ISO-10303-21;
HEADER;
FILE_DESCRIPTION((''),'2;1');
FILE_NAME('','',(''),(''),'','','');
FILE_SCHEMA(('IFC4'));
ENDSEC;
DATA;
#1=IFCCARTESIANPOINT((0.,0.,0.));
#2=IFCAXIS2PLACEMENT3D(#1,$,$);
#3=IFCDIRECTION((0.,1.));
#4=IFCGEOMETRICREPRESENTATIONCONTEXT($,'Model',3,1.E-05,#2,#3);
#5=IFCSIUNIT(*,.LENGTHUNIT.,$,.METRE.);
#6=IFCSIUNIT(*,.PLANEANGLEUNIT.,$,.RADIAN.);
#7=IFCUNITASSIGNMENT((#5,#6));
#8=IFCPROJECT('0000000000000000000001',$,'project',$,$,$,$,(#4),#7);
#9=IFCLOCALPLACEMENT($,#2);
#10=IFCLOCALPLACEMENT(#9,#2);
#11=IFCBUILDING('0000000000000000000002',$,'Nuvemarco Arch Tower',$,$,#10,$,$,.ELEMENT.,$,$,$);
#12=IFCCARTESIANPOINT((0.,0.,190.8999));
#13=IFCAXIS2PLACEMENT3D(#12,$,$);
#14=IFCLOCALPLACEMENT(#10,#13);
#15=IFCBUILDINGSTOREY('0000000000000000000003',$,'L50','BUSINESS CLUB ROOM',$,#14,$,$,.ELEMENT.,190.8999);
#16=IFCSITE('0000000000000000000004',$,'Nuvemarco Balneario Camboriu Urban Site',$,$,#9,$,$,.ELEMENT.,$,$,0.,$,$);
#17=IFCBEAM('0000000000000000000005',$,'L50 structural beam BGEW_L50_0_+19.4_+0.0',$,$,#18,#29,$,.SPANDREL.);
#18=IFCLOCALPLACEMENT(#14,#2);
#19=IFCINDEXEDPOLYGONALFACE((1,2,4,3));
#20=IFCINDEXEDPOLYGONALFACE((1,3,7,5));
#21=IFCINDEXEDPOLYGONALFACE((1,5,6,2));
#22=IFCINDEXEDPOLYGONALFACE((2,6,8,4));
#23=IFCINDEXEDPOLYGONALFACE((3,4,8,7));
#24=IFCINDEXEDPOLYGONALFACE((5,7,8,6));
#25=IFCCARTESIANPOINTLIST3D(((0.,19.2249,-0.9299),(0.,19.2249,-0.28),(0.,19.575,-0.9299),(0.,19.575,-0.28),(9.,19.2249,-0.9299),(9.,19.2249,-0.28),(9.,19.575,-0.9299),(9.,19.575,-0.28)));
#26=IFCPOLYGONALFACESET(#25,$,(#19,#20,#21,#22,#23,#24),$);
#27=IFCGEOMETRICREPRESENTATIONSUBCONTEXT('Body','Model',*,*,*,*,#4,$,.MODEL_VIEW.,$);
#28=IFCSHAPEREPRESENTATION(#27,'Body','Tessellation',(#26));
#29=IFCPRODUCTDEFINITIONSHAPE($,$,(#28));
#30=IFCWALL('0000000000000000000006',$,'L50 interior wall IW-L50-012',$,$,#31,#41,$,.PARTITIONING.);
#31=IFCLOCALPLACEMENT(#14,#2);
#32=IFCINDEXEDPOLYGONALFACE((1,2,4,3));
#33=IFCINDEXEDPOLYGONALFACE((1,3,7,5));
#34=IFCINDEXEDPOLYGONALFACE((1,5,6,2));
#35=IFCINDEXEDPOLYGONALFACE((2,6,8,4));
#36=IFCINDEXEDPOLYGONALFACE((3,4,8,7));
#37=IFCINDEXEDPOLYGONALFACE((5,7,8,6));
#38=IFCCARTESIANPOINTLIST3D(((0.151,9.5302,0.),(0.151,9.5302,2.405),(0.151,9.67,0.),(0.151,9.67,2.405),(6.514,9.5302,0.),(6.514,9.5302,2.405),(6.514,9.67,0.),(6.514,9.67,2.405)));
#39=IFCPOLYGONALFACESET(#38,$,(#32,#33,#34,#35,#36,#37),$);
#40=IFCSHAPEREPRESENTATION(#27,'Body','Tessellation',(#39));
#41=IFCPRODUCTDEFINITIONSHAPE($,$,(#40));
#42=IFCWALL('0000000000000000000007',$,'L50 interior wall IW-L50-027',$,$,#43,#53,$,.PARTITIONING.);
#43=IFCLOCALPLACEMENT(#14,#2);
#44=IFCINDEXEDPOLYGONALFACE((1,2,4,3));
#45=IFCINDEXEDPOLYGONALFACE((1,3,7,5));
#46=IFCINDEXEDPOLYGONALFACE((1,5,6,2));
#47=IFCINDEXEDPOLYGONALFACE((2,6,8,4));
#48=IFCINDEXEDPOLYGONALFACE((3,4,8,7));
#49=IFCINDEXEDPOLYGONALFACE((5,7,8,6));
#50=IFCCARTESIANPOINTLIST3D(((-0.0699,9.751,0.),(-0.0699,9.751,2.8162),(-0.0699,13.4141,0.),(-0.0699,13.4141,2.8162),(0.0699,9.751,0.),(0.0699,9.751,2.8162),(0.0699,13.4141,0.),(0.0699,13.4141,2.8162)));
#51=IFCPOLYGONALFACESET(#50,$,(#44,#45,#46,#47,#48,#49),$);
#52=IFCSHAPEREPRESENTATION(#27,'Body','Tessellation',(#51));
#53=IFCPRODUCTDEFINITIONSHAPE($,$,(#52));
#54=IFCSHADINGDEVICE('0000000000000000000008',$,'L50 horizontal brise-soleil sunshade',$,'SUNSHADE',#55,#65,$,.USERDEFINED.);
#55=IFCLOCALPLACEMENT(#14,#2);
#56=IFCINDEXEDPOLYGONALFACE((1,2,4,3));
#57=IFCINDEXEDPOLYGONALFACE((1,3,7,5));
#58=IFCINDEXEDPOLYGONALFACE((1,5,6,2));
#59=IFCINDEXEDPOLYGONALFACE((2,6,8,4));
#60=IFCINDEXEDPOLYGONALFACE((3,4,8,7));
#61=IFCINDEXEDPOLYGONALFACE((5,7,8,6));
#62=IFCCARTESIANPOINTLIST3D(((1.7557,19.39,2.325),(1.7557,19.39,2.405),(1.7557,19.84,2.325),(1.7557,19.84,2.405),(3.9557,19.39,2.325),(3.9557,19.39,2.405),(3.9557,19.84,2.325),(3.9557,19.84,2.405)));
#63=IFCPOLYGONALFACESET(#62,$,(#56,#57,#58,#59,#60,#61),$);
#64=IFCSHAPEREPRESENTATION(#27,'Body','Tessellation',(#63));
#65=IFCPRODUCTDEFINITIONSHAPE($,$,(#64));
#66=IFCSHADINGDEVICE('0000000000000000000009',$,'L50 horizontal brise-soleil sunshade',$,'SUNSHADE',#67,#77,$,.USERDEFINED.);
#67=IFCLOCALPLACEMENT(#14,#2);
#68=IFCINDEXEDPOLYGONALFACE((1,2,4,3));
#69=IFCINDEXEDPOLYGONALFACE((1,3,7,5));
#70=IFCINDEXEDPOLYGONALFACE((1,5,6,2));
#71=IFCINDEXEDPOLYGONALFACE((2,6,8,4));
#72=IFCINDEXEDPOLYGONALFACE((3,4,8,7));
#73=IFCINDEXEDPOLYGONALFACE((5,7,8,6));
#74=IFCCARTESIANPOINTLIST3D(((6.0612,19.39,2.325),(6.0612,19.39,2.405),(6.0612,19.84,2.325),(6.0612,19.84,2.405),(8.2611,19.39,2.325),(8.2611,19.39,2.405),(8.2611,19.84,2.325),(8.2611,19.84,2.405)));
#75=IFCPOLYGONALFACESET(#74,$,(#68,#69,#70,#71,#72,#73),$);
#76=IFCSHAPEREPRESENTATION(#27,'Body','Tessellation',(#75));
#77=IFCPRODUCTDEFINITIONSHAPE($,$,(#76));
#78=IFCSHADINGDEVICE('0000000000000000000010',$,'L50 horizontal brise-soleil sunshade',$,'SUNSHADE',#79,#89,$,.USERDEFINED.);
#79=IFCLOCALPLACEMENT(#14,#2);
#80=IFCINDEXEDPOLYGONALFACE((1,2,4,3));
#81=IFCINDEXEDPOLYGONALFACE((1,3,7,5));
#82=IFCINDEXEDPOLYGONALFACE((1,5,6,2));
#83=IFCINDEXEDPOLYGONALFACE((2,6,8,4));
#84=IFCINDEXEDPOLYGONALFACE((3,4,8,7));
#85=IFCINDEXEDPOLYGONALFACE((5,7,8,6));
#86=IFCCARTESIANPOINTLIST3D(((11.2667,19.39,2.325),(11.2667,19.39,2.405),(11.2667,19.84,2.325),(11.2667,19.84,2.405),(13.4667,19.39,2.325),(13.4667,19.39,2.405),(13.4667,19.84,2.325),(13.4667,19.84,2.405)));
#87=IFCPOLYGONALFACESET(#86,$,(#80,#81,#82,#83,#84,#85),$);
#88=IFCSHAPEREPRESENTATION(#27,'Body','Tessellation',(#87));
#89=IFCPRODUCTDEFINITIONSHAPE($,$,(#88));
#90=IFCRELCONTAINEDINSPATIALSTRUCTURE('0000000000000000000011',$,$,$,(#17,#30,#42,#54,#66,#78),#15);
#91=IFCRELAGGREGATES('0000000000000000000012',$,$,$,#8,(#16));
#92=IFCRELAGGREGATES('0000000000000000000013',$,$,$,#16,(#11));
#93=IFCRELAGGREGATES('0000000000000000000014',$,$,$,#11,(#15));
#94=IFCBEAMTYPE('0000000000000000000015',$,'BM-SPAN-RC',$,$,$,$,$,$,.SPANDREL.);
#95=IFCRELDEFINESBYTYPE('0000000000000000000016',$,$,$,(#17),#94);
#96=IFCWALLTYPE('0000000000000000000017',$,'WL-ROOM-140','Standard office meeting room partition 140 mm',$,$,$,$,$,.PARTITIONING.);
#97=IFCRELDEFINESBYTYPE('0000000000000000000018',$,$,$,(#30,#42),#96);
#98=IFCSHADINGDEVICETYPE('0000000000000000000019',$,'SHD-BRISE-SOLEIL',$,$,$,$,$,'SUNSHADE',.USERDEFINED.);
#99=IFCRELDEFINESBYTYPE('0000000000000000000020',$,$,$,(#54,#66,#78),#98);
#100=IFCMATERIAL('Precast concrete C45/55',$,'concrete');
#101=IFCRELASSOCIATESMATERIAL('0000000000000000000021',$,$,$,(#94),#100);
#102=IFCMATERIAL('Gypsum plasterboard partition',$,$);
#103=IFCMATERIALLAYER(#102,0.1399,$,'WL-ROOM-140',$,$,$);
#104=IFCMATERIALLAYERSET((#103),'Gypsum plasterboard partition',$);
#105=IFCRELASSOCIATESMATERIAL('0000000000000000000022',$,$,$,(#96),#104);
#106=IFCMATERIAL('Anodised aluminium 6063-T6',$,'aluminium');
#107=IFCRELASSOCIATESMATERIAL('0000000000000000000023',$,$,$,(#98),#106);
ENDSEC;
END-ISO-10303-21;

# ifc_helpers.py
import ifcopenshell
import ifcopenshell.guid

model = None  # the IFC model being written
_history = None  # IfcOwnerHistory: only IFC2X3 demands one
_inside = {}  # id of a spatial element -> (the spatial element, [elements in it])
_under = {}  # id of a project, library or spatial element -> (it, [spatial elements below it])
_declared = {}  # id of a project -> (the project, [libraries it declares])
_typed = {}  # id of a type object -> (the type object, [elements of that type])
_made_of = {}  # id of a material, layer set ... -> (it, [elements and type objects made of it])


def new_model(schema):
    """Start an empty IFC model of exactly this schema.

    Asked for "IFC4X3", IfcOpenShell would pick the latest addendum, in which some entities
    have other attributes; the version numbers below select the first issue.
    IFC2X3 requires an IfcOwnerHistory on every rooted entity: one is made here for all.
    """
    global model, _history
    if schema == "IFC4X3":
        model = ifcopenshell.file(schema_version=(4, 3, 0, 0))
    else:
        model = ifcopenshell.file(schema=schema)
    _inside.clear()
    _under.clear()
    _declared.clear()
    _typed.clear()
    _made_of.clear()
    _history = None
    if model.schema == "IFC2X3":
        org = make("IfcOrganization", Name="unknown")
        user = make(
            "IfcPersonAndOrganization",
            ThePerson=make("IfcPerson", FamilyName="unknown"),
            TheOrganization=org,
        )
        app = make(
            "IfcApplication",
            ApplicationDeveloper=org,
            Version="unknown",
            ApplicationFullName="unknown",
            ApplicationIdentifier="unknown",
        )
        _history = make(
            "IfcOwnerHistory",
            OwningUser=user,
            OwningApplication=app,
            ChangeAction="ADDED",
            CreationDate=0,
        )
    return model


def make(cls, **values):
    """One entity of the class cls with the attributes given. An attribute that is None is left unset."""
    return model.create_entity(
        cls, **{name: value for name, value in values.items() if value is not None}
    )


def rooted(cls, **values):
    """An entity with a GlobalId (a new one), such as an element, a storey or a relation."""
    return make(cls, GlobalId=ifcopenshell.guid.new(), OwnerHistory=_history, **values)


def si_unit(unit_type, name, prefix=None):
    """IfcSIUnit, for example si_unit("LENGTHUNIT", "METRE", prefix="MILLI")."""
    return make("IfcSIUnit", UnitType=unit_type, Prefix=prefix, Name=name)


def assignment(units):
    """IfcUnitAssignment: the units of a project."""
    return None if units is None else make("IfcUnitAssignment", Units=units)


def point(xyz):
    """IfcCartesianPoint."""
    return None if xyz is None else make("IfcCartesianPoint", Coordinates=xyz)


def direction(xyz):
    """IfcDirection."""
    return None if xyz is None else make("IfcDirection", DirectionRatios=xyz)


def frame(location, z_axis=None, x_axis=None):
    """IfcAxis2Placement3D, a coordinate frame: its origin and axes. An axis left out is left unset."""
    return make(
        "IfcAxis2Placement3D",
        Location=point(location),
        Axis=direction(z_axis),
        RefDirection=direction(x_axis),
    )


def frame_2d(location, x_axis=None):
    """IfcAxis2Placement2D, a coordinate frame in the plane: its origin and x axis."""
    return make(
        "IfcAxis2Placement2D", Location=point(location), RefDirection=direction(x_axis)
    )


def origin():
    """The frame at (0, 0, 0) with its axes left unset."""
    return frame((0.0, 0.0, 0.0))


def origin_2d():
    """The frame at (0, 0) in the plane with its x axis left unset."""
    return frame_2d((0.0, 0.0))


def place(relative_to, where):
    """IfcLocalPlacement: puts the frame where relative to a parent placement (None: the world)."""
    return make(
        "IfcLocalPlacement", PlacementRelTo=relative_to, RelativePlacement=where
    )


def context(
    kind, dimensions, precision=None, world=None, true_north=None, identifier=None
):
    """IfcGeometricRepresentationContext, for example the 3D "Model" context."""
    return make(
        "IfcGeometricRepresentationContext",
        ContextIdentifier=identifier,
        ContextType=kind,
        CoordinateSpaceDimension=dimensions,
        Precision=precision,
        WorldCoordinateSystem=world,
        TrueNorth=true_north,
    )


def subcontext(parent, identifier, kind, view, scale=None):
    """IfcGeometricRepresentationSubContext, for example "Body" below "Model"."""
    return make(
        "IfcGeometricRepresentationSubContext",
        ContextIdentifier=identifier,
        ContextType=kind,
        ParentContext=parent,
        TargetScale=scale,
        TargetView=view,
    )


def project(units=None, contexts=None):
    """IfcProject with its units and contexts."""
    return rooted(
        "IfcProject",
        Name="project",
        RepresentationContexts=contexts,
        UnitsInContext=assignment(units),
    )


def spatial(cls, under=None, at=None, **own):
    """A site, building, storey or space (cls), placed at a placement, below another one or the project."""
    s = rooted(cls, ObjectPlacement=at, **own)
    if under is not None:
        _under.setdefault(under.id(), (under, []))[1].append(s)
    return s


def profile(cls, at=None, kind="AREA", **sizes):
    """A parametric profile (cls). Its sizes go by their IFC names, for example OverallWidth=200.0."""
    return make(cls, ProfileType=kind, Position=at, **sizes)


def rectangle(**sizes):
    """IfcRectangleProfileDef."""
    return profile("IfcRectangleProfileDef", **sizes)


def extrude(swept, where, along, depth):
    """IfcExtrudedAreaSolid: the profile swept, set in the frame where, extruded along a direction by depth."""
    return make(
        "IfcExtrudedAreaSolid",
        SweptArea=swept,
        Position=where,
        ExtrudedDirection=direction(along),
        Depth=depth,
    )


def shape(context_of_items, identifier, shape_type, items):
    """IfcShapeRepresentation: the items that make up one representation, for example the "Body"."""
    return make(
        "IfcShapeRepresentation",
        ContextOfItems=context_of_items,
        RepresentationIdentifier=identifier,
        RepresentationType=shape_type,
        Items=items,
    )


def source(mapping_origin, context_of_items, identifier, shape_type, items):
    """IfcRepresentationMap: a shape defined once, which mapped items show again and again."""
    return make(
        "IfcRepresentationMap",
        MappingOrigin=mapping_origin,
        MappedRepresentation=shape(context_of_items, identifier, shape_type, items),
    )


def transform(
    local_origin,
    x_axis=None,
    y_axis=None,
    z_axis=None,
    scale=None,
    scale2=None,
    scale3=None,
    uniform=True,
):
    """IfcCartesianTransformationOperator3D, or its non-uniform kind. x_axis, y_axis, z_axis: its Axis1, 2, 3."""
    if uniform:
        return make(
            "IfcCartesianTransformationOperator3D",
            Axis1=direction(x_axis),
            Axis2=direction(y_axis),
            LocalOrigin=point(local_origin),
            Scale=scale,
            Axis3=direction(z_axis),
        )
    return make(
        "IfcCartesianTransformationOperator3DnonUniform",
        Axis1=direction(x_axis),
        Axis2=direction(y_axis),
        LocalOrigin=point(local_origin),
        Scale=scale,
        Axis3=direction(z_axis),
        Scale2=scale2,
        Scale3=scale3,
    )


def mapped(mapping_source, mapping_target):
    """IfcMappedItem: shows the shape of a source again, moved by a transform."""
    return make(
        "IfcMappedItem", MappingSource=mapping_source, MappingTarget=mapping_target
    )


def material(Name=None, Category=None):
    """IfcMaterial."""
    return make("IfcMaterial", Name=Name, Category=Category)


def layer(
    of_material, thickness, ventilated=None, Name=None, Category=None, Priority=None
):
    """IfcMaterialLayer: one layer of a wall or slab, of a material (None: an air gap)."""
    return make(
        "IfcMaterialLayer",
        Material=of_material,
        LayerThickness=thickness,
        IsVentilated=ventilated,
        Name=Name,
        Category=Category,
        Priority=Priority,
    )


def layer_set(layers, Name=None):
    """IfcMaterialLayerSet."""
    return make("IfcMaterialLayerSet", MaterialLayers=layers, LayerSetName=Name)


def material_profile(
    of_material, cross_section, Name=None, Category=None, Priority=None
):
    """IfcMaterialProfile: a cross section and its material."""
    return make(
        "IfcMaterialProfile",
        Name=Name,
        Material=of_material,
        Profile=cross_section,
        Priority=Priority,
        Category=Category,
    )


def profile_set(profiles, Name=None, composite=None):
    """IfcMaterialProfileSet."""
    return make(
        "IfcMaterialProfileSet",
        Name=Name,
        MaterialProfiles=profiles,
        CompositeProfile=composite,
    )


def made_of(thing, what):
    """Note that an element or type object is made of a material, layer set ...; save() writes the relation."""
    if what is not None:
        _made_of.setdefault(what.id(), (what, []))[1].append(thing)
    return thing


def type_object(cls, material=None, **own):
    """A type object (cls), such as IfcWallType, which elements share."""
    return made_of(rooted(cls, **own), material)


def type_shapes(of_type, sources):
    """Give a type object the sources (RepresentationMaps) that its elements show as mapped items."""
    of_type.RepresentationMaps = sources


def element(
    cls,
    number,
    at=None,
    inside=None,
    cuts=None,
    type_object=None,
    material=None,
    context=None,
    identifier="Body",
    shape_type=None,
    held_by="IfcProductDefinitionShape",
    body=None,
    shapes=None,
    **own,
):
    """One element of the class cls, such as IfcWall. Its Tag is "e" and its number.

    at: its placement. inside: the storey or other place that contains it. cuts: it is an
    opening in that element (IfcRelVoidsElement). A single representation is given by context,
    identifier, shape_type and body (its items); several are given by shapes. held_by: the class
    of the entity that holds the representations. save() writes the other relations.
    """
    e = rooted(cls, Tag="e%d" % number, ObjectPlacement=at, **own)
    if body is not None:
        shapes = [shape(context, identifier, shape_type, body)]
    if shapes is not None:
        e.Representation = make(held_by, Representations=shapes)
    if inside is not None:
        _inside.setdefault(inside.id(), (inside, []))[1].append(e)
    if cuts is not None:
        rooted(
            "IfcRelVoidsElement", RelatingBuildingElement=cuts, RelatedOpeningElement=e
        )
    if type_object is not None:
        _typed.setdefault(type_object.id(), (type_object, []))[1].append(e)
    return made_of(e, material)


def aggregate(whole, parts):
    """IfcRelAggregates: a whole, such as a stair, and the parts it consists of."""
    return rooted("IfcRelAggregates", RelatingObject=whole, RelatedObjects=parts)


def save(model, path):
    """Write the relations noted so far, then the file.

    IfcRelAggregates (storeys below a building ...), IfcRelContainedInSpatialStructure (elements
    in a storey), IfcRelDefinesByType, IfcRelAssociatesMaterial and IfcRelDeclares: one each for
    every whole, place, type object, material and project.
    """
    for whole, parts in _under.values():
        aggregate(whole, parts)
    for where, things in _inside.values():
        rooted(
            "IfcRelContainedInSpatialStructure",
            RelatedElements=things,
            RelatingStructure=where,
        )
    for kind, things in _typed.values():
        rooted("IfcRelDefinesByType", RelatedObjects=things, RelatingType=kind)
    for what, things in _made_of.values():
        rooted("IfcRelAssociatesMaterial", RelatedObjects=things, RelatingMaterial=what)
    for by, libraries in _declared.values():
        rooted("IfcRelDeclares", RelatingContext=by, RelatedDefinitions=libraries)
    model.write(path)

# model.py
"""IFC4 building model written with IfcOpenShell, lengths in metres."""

from ifc_helpers import new_model, si_unit, direction, frame, frame_2d, origin, origin_2d, place, context, subcontext, project, spatial, rectangle, extrude, source, transform, mapped, material, layer, layer_set, material_profile, profile_set, type_object, type_shapes, element, save


model = new_model("IFC4")

# Units and contexts
model_context = context("Model", 3, precision=1e-05, world=origin(), true_north=direction((0.0, 1.0)))
body_context = subcontext(model_context, "Body", "Model", "MODEL_VIEW")
ifc_project = project(units=[si_unit("LENGTHUNIT", "METRE"), si_unit("PLANEANGLEUNIT", "RADIAN")], contexts=[model_context])

# Site, building, storey
site_placement = place(None, origin())
site = spatial("IfcSite", under=ifc_project, at=site_placement, Name="Nuvemarco Balneario Camboriu Urban Site", CompositionType="ELEMENT", RefElevation=0.0)
building_placement = place(site_placement, origin())
building = spatial("IfcBuilding", under=site, at=building_placement, Name="Nuvemarco Arch Tower", CompositionType="ELEMENT")
storey_placement = place(building_placement, frame((0.0, 0.0, 190.8999)))
storey = spatial("IfcBuildingStorey", under=building, at=storey_placement, Name="L50", Description="BUSINESS CLUB ROOM", CompositionType="ELEMENT", Elevation=190.8999)

# Beam
ifc_material_1 = material(Name="Precast concrete C45/55", Category="concrete")
ifc_material_profile_1 = material_profile(ifc_material_1, rectangle(XDim=0.3501, YDim=0.6499, at=origin_2d()), Name="PC-SP-350x650")
ifc_profile_set_1 = profile_set([ifc_material_profile_1], Name="Precast concrete C45/55")
beam_type_1 = type_object("IfcBeamType", Name="BM-SPAN-RC", PredefinedType="SPANDREL", material=ifc_profile_set_1)
beam_1_placement = place(storey_placement, frame((0.0, 19.3999, -0.605), z_axis=(1.0, 0.0, 0.0), x_axis=(0.0, 1.0, 0.0)))
element("IfcBeam", 1, at=beam_1_placement, inside=storey, type_object=beam_type_1, Name="L50 structural beam BGEW_L50_0_+19.4_+0.0", PredefinedType="SPANDREL", context=body_context, shape_type="SweptSolid", body=[
    extrude(rectangle(XDim=0.3501, YDim=0.6499, at=origin_2d()), origin(), (0.0, 0.0, 1.0), 9.0),
])

# Walls
ifc_material_2 = material(Name="Gypsum plasterboard partition")
ifc_layer = layer(ifc_material_2, 0.1399, Name="WL-ROOM-140")
ifc_layer_set = layer_set([ifc_layer], Name="Gypsum plasterboard partition")
wall_type = type_object("IfcWallType", Name="WL-ROOM-140", Description="Standard office meeting room partition 140 mm", PredefinedType="PARTITIONING", material=ifc_layer_set)
wall_1_placement = place(storey_placement, frame((0.1509, 9.6001, 0.0), z_axis=(0.0, 0.0, 1.0), x_axis=(1.0, 0.0, 0.0)))
element("IfcWall", 2, at=wall_1_placement, inside=storey, type_object=wall_type, Name="L50 interior wall IW-L50-012", PredefinedType="PARTITIONING", context=body_context, shape_type="SweptSolid", body=[
    extrude(rectangle(XDim=6.363, YDim=0.1399, at=frame_2d((3.1816, 0.0))), origin(), (0.0, 0.0, 1.0), 2.405),
])
wall_2_placement = place(storey_placement, frame((0.0, 9.751, 0.0), z_axis=(0.0, 0.0, 1.0), x_axis=(0.0, 1.0, 0.0)))
element("IfcWall", 3, at=wall_2_placement, inside=storey, type_object=wall_type, Name="L50 interior wall IW-L50-027", PredefinedType="PARTITIONING", context=body_context, shape_type="SweptSolid", body=[
    extrude(rectangle(XDim=3.6631, YDim=0.1399, at=frame_2d((1.8315, 0.0))), origin(), (0.0, 0.0, 1.0), 2.8162),
])

# Shading devices
ifc_material_3 = material(Name="Anodised aluminium 6063-T6", Category="aluminium")
shading_device_type = type_object("IfcShadingDeviceType", Name="SHD-BRISE-SOLEIL", ElementType="SUNSHADE", PredefinedType="USERDEFINED", material=ifc_material_3)
shared_shape = source(origin(), body_context, "Body", "SweptSolid", [
    extrude(rectangle(XDim=2.2, YDim=0.45, at=origin_2d()), origin(), (0.0, 0.0, 1.0), 0.0801),
])
type_shapes(shading_device_type, [shared_shape])
for number, where, z_axis, x_axis, name in (
    (4, (2.8557, 19.615, 2.325), (0.0, 0.0, 1.0), (1.0, 0.0, 0.0), "L50 horizontal brise-soleil sunshade"),
    (5, (7.1611, 19.615, 2.325), (0.0, 0.0, 1.0), (1.0, 0.0, 0.0), "L50 horizontal brise-soleil sunshade"),
    (6, (12.3667, 19.615, 2.325), (0.0, 0.0, 1.0), (1.0, 0.0, 0.0), "L50 horizontal brise-soleil sunshade"),
):
    element("IfcShadingDevice", number, at=place(storey_placement, frame(where, z_axis=z_axis, x_axis=x_axis)), inside=storey, type_object=shading_device_type, Name=name, ObjectType="SUNSHADE", PredefinedType="USERDEFINED", context=body_context, shape_type="MappedRepresentation", body=[
        mapped(shared_shape, transform((0.0, 0.0, 0.0), scale=1.0)),
    ])

save(model, "model.ifc")
